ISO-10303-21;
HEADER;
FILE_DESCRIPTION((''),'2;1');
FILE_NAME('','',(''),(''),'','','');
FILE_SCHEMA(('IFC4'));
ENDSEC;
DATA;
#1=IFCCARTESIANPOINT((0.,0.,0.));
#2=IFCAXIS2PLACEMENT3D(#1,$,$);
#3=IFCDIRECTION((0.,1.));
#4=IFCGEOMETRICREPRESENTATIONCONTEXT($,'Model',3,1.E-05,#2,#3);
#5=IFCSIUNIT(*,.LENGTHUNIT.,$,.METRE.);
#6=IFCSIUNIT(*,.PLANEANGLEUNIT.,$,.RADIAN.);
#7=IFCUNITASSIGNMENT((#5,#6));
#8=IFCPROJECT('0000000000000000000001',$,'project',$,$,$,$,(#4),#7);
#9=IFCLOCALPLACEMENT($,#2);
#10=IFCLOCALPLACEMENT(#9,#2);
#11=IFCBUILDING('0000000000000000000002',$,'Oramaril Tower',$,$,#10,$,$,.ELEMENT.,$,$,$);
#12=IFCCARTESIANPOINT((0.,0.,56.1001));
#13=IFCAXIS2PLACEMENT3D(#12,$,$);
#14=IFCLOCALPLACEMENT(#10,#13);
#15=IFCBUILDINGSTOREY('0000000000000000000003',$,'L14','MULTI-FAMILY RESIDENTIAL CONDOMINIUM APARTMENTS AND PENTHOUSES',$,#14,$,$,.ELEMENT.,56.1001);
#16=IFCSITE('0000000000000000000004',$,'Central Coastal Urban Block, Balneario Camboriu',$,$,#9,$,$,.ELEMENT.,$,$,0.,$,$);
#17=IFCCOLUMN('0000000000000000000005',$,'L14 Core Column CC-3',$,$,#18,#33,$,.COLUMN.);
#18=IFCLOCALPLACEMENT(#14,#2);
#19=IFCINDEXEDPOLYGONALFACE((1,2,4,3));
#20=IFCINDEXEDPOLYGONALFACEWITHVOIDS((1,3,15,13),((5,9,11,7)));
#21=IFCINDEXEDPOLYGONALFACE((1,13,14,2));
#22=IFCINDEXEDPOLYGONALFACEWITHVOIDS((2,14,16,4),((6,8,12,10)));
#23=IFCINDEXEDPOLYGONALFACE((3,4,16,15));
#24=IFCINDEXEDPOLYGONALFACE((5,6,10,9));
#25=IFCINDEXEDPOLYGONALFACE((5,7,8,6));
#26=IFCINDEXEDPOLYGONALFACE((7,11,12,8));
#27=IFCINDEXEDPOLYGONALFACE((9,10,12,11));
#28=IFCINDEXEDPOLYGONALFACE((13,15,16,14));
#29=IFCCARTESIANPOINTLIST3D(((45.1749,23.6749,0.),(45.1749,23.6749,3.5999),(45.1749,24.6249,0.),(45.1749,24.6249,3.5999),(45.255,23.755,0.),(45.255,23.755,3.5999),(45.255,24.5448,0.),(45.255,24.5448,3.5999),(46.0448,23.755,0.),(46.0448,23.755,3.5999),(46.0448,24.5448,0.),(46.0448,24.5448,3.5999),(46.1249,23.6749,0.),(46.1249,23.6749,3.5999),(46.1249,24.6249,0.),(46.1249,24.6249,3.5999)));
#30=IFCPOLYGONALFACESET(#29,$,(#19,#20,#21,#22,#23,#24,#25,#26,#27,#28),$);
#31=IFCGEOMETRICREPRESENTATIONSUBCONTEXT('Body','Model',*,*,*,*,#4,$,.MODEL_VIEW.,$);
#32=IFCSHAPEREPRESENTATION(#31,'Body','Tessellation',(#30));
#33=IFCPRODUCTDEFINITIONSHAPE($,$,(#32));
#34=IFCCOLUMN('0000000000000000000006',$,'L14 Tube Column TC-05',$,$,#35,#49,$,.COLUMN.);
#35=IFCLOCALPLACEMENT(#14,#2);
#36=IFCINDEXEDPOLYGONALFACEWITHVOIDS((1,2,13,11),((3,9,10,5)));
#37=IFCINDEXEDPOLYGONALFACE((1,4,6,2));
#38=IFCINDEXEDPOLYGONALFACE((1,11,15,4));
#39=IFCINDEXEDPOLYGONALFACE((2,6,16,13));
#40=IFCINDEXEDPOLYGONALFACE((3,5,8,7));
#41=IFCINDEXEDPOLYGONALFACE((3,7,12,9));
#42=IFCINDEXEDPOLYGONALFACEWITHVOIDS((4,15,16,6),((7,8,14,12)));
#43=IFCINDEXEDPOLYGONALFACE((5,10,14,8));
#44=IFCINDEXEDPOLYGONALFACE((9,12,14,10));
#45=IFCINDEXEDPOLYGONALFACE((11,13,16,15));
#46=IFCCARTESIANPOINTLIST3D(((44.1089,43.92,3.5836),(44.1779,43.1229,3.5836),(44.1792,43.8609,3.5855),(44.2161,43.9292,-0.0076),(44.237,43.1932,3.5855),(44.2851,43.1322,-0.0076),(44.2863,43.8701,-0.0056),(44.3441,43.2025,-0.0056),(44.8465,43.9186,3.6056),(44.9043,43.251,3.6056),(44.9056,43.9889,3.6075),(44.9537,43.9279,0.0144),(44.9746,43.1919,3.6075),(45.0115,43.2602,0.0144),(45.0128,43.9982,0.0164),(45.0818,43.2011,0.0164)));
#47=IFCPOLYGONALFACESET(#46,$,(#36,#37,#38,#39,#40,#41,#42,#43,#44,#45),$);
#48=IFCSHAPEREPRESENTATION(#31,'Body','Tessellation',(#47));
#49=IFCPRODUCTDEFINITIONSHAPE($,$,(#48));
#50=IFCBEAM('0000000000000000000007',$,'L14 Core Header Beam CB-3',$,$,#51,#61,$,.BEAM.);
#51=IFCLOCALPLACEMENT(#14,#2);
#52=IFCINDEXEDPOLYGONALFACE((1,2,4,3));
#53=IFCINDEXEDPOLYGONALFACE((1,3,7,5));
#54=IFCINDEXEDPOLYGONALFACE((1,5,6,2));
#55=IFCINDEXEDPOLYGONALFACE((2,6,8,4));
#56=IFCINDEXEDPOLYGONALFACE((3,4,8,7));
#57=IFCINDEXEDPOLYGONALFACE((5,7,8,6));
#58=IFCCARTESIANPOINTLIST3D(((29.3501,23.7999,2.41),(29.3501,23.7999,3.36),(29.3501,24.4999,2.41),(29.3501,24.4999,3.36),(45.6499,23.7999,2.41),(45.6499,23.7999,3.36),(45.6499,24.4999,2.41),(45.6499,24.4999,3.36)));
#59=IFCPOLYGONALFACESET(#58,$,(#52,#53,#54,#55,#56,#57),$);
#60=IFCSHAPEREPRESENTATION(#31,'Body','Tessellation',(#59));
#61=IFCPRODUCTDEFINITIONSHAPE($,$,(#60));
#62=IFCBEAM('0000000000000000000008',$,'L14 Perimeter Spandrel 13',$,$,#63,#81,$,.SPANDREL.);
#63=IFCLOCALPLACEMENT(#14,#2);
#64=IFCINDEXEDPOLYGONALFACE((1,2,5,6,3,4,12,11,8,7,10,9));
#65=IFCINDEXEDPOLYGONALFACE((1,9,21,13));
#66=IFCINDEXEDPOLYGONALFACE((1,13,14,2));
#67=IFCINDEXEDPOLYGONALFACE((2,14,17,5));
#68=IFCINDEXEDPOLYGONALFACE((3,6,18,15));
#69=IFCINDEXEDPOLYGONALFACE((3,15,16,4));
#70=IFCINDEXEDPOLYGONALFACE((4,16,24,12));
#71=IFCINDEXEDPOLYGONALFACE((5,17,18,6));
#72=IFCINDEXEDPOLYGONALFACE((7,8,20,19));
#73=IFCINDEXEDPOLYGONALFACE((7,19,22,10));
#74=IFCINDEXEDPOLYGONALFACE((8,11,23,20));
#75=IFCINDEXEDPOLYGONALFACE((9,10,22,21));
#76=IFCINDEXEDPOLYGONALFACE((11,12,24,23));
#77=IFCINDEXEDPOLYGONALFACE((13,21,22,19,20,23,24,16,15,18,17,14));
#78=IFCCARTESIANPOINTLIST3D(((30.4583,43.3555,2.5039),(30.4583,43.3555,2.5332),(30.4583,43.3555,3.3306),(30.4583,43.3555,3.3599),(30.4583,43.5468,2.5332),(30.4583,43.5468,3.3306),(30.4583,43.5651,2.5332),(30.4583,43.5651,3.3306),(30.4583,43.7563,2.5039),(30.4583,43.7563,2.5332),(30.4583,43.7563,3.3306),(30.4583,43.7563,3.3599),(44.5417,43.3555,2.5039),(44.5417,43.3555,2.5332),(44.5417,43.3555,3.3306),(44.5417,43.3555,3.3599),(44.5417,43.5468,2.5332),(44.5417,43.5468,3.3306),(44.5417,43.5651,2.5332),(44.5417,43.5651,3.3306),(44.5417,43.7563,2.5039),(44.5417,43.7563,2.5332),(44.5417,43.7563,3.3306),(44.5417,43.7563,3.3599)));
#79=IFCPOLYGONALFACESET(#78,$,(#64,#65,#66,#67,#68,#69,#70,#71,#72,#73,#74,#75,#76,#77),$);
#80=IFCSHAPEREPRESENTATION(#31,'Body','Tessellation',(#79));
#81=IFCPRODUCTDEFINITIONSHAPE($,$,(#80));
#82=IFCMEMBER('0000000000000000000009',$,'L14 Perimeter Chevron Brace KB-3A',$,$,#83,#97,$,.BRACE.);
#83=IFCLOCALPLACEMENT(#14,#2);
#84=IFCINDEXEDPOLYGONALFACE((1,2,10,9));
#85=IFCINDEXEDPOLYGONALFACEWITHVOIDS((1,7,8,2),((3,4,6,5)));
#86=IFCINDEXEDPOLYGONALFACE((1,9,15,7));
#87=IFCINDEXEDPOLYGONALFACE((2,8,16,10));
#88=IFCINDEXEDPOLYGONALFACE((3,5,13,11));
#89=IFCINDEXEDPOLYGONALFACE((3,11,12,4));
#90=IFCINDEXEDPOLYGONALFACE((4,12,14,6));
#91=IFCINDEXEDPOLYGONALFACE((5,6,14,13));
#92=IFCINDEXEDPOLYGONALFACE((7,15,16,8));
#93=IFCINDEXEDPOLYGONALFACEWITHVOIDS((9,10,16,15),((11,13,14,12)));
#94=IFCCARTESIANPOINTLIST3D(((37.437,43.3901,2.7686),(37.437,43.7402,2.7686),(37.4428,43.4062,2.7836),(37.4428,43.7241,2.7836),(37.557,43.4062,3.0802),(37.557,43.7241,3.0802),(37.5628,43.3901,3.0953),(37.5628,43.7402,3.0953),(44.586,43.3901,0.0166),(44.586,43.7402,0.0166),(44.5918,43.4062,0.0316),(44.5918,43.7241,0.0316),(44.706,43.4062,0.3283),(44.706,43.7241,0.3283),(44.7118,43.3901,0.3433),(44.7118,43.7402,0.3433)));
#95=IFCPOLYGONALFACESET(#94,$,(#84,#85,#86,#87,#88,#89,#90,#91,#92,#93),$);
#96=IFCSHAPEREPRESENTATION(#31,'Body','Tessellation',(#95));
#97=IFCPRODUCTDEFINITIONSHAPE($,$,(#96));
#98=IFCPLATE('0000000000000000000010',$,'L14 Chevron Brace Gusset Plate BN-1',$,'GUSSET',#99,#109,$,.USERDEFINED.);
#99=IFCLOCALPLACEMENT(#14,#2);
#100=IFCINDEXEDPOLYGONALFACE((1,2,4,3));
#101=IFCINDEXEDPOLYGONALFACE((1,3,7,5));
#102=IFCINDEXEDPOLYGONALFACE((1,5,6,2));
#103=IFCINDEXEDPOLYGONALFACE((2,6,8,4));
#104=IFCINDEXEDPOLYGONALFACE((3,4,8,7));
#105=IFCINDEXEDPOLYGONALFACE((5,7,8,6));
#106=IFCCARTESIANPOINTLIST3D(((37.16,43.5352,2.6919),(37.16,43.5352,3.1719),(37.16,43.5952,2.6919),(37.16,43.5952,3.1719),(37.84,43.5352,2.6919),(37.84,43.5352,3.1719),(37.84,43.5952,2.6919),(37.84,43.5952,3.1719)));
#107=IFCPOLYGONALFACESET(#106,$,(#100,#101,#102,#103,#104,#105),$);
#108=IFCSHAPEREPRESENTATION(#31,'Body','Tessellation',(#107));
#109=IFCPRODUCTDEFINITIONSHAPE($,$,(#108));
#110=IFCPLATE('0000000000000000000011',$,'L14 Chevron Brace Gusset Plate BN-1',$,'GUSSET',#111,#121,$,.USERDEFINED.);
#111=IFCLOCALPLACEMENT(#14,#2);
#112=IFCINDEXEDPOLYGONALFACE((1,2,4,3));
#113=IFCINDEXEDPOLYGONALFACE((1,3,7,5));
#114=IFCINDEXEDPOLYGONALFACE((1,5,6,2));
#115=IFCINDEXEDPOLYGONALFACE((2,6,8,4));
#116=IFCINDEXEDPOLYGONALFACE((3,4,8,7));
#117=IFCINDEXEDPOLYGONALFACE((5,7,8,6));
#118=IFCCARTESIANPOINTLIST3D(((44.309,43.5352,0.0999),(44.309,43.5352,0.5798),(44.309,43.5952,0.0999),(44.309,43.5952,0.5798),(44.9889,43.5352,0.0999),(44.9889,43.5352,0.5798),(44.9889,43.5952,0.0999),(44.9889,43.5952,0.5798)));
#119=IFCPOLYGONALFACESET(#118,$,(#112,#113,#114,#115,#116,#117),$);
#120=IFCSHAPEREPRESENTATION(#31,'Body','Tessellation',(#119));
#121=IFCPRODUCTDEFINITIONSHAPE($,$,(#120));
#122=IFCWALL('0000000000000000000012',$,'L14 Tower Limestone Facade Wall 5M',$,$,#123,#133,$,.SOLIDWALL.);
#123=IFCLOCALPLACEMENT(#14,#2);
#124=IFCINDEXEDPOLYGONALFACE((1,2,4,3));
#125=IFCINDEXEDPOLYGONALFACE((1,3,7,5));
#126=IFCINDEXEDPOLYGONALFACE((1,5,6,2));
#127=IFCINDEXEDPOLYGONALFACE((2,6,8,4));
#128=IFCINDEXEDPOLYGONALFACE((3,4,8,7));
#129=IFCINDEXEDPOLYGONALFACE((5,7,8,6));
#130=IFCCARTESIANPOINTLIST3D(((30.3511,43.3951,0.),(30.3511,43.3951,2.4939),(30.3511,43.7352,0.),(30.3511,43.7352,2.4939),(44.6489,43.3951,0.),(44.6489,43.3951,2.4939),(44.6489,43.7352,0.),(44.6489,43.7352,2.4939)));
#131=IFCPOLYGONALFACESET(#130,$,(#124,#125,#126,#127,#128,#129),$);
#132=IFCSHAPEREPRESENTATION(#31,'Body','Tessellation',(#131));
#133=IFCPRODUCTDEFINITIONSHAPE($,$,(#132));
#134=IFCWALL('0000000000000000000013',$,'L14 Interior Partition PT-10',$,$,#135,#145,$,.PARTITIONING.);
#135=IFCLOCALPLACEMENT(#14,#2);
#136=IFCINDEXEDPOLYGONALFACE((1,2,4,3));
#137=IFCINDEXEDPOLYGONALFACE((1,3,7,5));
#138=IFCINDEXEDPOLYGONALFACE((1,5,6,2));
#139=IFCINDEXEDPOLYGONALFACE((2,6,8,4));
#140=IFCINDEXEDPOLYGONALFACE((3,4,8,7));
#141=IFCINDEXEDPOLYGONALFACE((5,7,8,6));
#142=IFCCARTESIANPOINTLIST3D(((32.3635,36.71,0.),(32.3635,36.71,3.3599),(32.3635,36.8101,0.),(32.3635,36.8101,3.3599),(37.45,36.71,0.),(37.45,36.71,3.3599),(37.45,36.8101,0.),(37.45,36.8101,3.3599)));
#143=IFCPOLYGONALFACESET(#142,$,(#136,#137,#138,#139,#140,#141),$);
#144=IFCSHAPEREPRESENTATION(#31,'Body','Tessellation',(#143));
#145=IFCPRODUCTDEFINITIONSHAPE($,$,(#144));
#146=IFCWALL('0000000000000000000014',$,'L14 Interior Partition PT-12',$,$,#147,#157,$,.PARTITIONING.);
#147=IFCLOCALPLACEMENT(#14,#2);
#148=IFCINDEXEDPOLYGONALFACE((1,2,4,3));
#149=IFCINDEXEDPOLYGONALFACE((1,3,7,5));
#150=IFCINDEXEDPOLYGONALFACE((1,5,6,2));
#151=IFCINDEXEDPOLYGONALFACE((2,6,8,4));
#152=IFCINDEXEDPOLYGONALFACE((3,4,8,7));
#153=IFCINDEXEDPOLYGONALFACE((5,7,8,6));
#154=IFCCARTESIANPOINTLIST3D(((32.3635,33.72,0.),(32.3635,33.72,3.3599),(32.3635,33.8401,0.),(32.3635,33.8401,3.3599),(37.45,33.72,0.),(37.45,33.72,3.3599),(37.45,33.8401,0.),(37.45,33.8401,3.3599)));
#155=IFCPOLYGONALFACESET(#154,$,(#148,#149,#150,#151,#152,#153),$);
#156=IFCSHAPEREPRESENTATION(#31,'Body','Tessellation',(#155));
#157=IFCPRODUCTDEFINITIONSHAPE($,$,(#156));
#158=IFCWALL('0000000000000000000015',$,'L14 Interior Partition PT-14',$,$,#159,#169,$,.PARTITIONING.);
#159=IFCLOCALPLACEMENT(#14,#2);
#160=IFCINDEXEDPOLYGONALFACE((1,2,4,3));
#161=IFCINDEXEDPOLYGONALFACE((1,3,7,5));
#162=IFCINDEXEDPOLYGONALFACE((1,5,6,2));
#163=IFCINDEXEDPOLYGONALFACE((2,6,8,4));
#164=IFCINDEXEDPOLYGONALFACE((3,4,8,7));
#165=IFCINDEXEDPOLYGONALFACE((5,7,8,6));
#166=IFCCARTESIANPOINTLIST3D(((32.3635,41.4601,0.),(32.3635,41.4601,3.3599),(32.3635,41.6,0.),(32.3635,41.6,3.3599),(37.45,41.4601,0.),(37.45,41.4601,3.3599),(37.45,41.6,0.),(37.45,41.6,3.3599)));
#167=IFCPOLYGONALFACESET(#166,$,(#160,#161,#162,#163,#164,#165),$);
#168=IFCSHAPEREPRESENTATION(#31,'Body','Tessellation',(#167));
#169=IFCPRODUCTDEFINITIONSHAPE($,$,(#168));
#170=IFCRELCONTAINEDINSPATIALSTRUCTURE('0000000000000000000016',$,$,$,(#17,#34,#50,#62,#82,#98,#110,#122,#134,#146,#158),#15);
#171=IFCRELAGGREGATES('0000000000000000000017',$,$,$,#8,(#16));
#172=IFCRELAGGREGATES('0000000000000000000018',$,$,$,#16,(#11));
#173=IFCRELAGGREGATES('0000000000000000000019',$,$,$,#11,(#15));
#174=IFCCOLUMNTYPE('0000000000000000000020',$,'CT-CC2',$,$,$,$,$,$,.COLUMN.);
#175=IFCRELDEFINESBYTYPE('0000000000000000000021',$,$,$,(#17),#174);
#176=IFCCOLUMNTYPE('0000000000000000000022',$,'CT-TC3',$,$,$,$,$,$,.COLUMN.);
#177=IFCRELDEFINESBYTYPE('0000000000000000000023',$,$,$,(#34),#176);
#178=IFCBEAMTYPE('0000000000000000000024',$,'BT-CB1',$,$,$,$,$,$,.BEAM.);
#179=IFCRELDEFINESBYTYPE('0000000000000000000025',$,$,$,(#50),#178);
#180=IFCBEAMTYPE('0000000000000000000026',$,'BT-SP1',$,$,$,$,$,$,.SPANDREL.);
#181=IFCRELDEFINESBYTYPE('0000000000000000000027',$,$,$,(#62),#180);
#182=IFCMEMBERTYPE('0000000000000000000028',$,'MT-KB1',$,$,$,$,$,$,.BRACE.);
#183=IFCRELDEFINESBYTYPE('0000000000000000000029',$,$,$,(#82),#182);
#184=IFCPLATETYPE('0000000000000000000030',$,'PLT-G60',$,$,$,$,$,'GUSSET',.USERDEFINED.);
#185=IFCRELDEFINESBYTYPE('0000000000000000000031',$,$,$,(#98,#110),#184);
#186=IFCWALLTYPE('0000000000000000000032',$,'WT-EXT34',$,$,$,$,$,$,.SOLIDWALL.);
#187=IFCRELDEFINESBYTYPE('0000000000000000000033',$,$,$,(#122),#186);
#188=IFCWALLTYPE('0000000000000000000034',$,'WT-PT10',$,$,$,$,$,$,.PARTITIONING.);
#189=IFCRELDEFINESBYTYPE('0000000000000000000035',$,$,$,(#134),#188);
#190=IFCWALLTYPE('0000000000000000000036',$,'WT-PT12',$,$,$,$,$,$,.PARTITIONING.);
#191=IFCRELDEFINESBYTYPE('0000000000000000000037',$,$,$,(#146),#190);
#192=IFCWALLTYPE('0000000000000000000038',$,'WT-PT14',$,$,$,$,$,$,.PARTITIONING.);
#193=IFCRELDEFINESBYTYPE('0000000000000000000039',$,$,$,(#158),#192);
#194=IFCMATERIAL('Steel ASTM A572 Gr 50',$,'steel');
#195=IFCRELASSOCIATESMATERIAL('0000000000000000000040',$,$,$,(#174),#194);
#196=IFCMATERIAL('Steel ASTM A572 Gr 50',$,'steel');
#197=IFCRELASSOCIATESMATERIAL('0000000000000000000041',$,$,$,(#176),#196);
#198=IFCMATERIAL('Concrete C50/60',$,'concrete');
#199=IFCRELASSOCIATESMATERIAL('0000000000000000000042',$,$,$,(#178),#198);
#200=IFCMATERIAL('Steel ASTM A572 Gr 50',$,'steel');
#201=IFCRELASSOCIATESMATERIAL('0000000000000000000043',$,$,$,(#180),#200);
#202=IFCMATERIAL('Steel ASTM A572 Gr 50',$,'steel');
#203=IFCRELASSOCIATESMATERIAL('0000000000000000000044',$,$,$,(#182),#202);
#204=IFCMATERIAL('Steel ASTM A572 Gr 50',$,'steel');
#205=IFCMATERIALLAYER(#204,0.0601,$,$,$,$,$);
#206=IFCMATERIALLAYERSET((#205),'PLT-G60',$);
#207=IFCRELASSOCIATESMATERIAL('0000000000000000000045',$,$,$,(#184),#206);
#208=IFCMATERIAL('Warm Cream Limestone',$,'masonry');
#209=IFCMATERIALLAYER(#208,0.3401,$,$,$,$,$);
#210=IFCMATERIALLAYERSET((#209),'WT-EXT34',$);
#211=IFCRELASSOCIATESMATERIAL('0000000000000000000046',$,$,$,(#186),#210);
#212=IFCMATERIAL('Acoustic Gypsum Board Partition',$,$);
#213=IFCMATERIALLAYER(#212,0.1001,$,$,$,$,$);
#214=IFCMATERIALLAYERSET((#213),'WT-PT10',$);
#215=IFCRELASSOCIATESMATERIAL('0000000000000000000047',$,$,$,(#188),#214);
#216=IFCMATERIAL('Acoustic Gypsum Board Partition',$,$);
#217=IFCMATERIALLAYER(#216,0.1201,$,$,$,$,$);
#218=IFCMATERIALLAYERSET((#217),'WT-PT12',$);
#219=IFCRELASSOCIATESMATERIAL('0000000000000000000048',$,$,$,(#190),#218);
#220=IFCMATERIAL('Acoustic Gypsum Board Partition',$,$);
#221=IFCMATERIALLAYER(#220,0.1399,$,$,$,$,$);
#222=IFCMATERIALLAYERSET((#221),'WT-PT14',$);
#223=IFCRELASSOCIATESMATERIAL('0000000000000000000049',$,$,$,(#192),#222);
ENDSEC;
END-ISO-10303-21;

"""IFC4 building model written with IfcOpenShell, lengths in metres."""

from ifc_helpers import new_model, si_unit, direction, frame, frame_2d, origin, origin_2d, place, context, subcontext, project, spatial, rectangle, hollow_rectangle, i_section, extrude, material, layer, layer_set, material_profile, profile_set, type_object, element, save


model = new_model("IFC4")

# Units and contexts
model_context = context("Model", 3, precision=1e-05, world=origin(), true_north=direction((0.0, 1.0)))
body_context = subcontext(model_context, "Body", "Model", "MODEL_VIEW")
ifc_project = project(units=[si_unit("LENGTHUNIT", "METRE"), si_unit("PLANEANGLEUNIT", "RADIAN")], contexts=[model_context])

# Site, building, storey
site_placement = place(None, origin())
site = spatial("IfcSite", under=ifc_project, at=site_placement, Name="Central Coastal Urban Block, Balneario Camboriu", CompositionType="ELEMENT", RefElevation=0.0)
building_placement = place(site_placement, origin())
building = spatial("IfcBuilding", under=site, at=building_placement, Name="Oramaril Tower", CompositionType="ELEMENT")
storey_placement = place(building_placement, frame((0.0, 0.0, 56.1001)))
storey = spatial("IfcBuildingStorey", under=building, at=storey_placement, Name="L14", Description="MULTI-FAMILY RESIDENTIAL CONDOMINIUM APARTMENTS AND PENTHOUSES", CompositionType="ELEMENT", Elevation=56.1001)

# Columns
ifc_material_1 = material(Name="Steel ASTM A572 Gr 50", Category="steel")
ifc_material_profile_1 = material_profile(ifc_material_1, hollow_rectangle(XDim=0.95, YDim=0.95, WallThickness=0.0801, at=origin_2d()), Name="BOX950X950X80")
ifc_profile_set_1 = profile_set([ifc_material_profile_1], Name="Steel ASTM A572 Gr 50")
column_type_1 = type_object("IfcColumnType", Name="CT-CC2", PredefinedType="COLUMN", material=ifc_profile_set_1)
column_1_placement = place(storey_placement, frame((45.6499, 24.1499, 0.0), z_axis=(0.0, 0.0, 1.0), x_axis=(1.0, 0.0, 0.0)))
element("IfcColumn", 1, at=column_1_placement, inside=storey, type_object=column_type_1, Name="L14 Core Column CC-3", PredefinedType="COLUMN", context=body_context, shape_type="SweptSolid", body=[
    extrude(hollow_rectangle(XDim=0.95, YDim=0.95, WallThickness=0.0801, at=origin_2d()), origin(), (0.0, 0.0, 1.0), 3.5999),
])
ifc_material_2 = material(Name="Steel ASTM A572 Gr 50", Category="steel")
ifc_material_profile_2 = material_profile(ifc_material_2, hollow_rectangle(XDim=0.8, YDim=0.8, WallThickness=0.0649, at=origin_2d()), Name="BOX800X800X65")
ifc_profile_set_2 = profile_set([ifc_material_profile_2], Name="Steel ASTM A572 Gr 50")
column_type_2 = type_object("IfcColumnType", Name="CT-TC3", PredefinedType="COLUMN", material=ifc_profile_set_2)
column_2_placement = place(storey_placement, frame((44.6489, 43.5652, 0.0044), z_axis=(-0.029832, -0.002582, 0.999552), x_axis=(0.086238, -0.996275, 0.0)))
element("IfcColumn", 2, at=column_2_placement, inside=storey, type_object=column_type_2, Name="L14 Tube Column TC-05", PredefinedType="COLUMN", context=body_context, shape_type="SweptSolid", body=[
    extrude(hollow_rectangle(XDim=0.8, YDim=0.8, WallThickness=0.0649, at=origin_2d()), origin(), (0.0, 0.0, 1.0), 3.5928),
])

# Beams
ifc_material_3 = material(Name="Concrete C50/60", Category="concrete")
ifc_material_profile_3 = material_profile(ifc_material_3, rectangle(XDim=0.7, YDim=0.95, at=origin_2d()), Name="CB700X950")
ifc_profile_set_3 = profile_set([ifc_material_profile_3], Name="Concrete C50/60")
beam_type_1 = type_object("IfcBeamType", Name="BT-CB1", PredefinedType="BEAM", material=ifc_profile_set_3)
beam_1_placement = place(storey_placement, frame((45.6499, 24.1499, 2.885), z_axis=(-1.0, 0.0, 0.0), x_axis=(0.0, -1.0, 0.0)))
element("IfcBeam", 3, at=beam_1_placement, inside=storey, type_object=beam_type_1, Name="L14 Core Header Beam CB-3", PredefinedType="BEAM", context=body_context, shape_type="SweptSolid", body=[
    extrude(rectangle(XDim=0.7, YDim=0.95, at=origin_2d()), origin(), (0.0, 0.0, 1.0), 16.2998),
])
ifc_material_4 = material(Name="Steel ASTM A572 Gr 50", Category="steel")
ifc_material_profile_4 = material_profile(ifc_material_4, i_section(OverallWidth=0.4009, OverallDepth=0.856, WebThickness=0.0183, FlangeThickness=0.0293, at=origin_2d()), Name="W33X201")
ifc_profile_set_4 = profile_set([ifc_material_profile_4], Name="Steel ASTM A572 Gr 50")
beam_type_2 = type_object("IfcBeamType", Name="BT-SP1", PredefinedType="SPANDREL", material=ifc_profile_set_4)
beam_2_placement = place(storey_placement, frame((44.5417, 43.5559, 2.9319), z_axis=(-1.0, 0.0, 0.0), x_axis=(0.0, -1.0, 0.0)))
element("IfcBeam", 4, at=beam_2_placement, inside=storey, type_object=beam_type_2, Name="L14 Perimeter Spandrel 13", PredefinedType="SPANDREL", context=body_context, shape_type="SweptSolid", body=[
    extrude(i_section(OverallWidth=0.4009, OverallDepth=0.856, WebThickness=0.0183, FlangeThickness=0.0293, at=origin_2d()), origin(), (0.0, 0.0, 1.0), 14.0835),
])

# Member
ifc_material_5 = material(Name="Steel ASTM A572 Gr 50", Category="steel")
ifc_material_profile_5 = material_profile(ifc_material_5, hollow_rectangle(XDim=0.3501, YDim=0.3501, WallThickness=0.0161, at=origin_2d()), Name="HSS350X350X16")
ifc_profile_set_5 = profile_set([ifc_material_profile_5], Name="Steel ASTM A572 Gr 50")
member_type = type_object("IfcMemberType", Name="MT-KB1", PredefinedType="BRACE", material=ifc_profile_set_5)
member_placement = place(storey_placement, frame((44.6489, 43.5652, 0.1799), z_axis=(-0.933242, 0.0, 0.359248), x_axis=(0.0, -1.0, 0.0)))
element("IfcMember", 5, at=member_placement, inside=storey, type_object=member_type, Name="L14 Perimeter Chevron Brace KB-3A", PredefinedType="BRACE", context=body_context, shape_type="SweptSolid", body=[
    extrude(hollow_rectangle(XDim=0.3501, YDim=0.3501, WallThickness=0.0161, at=origin_2d()), origin(), (0.0, 0.0, 1.0), 7.6604),
])

# Plates
ifc_material_6 = material(Name="Steel ASTM A572 Gr 50", Category="steel")
ifc_layer_1 = layer(ifc_material_6, 0.0601)
ifc_layer_set_1 = layer_set([ifc_layer_1], Name="PLT-G60")
plate_type = type_object("IfcPlateType", Name="PLT-G60", ElementType="GUSSET", PredefinedType="USERDEFINED", material=ifc_layer_set_1)
for number, where, z_axis, x_axis, name in (
    (6, (37.5, 43.5652, 2.6919), (0.0, 0.0, 1.0), (-1.0, 0.0, 0.0), "L14 Chevron Brace Gusset Plate BN-1"),
    (7, (44.6489, 43.5652, 0.0999), (0.0, 0.0, 1.0), (-1.0, 0.0, 0.0), "L14 Chevron Brace Gusset Plate BN-1"),
):
    element("IfcPlate", number, at=place(storey_placement, frame(where, z_axis=z_axis, x_axis=x_axis)), inside=storey, type_object=plate_type, Name=name, ObjectType="GUSSET", PredefinedType="USERDEFINED", context=body_context, shape_type="SweptSolid", body=[
        extrude(rectangle(XDim=0.6799, YDim=0.0601, at=origin_2d()), origin(), (0.0, 0.0, 1.0), 0.48),
    ])

# Walls
ifc_material_7 = material(Name="Warm Cream Limestone", Category="masonry")
ifc_layer_2 = layer(ifc_material_7, 0.3401)
ifc_layer_set_2 = layer_set([ifc_layer_2], Name="WT-EXT34")
wall_type_1 = type_object("IfcWallType", Name="WT-EXT34", PredefinedType="SOLIDWALL", material=ifc_layer_set_2)
wall_1_placement = place(storey_placement, frame((44.6489, 43.5652, 0.0), z_axis=(0.0, 0.0, 1.0), x_axis=(-1.0, 0.0, 0.0)))
element("IfcWall", 8, at=wall_1_placement, inside=storey, type_object=wall_type_1, Name="L14 Tower Limestone Facade Wall 5M", PredefinedType="SOLIDWALL", context=body_context, shape_type="SweptSolid", body=[
    extrude(rectangle(XDim=14.2979, YDim=0.3401, at=frame_2d((7.1489, 0.0))), origin(), (0.0, 0.0, 1.0), 2.4939),
])
ifc_material_8 = material(Name="Acoustic Gypsum Board Partition")
ifc_layer_3 = layer(ifc_material_8, 0.1001)
ifc_layer_set_3 = layer_set([ifc_layer_3], Name="WT-PT10")
wall_type_2 = type_object("IfcWallType", Name="WT-PT10", PredefinedType="PARTITIONING", material=ifc_layer_set_3)
wall_2_placement = place(storey_placement, frame((32.3635, 36.76, 0.0), z_axis=(0.0, 0.0, 1.0), x_axis=(1.0, 0.0, 0.0)))
element("IfcWall", 9, at=wall_2_placement, inside=storey, type_object=wall_type_2, Name="L14 Interior Partition PT-10", PredefinedType="PARTITIONING", context=body_context, shape_type="SweptSolid", body=[
    extrude(rectangle(XDim=5.0864, YDim=0.1001, at=frame_2d((2.5432, 0.0))), origin(), (0.0, 0.0, 1.0), 3.3599),
])
ifc_material_9 = material(Name="Acoustic Gypsum Board Partition")
ifc_layer_4 = layer(ifc_material_9, 0.1201)
ifc_layer_set_4 = layer_set([ifc_layer_4], Name="WT-PT12")
wall_type_3 = type_object("IfcWallType", Name="WT-PT12", PredefinedType="PARTITIONING", material=ifc_layer_set_4)
wall_3_placement = place(storey_placement, frame((32.3635, 33.78, 0.0), z_axis=(0.0, 0.0, 1.0), x_axis=(1.0, 0.0, 0.0)))
element("IfcWall", 10, at=wall_3_placement, inside=storey, type_object=wall_type_3, Name="L14 Interior Partition PT-12", PredefinedType="PARTITIONING", context=body_context, shape_type="SweptSolid", body=[
    extrude(rectangle(XDim=5.0864, YDim=0.1201, at=frame_2d((2.5432, 0.0))), origin(), (0.0, 0.0, 1.0), 3.3599),
])
ifc_material_10 = material(Name="Acoustic Gypsum Board Partition")
ifc_layer_5 = layer(ifc_material_10, 0.1399)
ifc_layer_set_5 = layer_set([ifc_layer_5], Name="WT-PT14")
wall_type_4 = type_object("IfcWallType", Name="WT-PT14", PredefinedType="PARTITIONING", material=ifc_layer_set_5)
wall_4_placement = place(storey_placement, frame((32.3635, 41.53, 0.0), z_axis=(0.0, 0.0, 1.0), x_axis=(1.0, 0.0, 0.0)))
element("IfcWall", 11, at=wall_4_placement, inside=storey, type_object=wall_type_4, Name="L14 Interior Partition PT-14", PredefinedType="PARTITIONING", context=body_context, shape_type="SweptSolid", body=[
    extrude(rectangle(XDim=5.0864, YDim=0.1399, at=frame_2d((2.5432, 0.0))), origin(), (0.0, 0.0, 1.0), 3.3599),
])

save(model, "model.ifc")
